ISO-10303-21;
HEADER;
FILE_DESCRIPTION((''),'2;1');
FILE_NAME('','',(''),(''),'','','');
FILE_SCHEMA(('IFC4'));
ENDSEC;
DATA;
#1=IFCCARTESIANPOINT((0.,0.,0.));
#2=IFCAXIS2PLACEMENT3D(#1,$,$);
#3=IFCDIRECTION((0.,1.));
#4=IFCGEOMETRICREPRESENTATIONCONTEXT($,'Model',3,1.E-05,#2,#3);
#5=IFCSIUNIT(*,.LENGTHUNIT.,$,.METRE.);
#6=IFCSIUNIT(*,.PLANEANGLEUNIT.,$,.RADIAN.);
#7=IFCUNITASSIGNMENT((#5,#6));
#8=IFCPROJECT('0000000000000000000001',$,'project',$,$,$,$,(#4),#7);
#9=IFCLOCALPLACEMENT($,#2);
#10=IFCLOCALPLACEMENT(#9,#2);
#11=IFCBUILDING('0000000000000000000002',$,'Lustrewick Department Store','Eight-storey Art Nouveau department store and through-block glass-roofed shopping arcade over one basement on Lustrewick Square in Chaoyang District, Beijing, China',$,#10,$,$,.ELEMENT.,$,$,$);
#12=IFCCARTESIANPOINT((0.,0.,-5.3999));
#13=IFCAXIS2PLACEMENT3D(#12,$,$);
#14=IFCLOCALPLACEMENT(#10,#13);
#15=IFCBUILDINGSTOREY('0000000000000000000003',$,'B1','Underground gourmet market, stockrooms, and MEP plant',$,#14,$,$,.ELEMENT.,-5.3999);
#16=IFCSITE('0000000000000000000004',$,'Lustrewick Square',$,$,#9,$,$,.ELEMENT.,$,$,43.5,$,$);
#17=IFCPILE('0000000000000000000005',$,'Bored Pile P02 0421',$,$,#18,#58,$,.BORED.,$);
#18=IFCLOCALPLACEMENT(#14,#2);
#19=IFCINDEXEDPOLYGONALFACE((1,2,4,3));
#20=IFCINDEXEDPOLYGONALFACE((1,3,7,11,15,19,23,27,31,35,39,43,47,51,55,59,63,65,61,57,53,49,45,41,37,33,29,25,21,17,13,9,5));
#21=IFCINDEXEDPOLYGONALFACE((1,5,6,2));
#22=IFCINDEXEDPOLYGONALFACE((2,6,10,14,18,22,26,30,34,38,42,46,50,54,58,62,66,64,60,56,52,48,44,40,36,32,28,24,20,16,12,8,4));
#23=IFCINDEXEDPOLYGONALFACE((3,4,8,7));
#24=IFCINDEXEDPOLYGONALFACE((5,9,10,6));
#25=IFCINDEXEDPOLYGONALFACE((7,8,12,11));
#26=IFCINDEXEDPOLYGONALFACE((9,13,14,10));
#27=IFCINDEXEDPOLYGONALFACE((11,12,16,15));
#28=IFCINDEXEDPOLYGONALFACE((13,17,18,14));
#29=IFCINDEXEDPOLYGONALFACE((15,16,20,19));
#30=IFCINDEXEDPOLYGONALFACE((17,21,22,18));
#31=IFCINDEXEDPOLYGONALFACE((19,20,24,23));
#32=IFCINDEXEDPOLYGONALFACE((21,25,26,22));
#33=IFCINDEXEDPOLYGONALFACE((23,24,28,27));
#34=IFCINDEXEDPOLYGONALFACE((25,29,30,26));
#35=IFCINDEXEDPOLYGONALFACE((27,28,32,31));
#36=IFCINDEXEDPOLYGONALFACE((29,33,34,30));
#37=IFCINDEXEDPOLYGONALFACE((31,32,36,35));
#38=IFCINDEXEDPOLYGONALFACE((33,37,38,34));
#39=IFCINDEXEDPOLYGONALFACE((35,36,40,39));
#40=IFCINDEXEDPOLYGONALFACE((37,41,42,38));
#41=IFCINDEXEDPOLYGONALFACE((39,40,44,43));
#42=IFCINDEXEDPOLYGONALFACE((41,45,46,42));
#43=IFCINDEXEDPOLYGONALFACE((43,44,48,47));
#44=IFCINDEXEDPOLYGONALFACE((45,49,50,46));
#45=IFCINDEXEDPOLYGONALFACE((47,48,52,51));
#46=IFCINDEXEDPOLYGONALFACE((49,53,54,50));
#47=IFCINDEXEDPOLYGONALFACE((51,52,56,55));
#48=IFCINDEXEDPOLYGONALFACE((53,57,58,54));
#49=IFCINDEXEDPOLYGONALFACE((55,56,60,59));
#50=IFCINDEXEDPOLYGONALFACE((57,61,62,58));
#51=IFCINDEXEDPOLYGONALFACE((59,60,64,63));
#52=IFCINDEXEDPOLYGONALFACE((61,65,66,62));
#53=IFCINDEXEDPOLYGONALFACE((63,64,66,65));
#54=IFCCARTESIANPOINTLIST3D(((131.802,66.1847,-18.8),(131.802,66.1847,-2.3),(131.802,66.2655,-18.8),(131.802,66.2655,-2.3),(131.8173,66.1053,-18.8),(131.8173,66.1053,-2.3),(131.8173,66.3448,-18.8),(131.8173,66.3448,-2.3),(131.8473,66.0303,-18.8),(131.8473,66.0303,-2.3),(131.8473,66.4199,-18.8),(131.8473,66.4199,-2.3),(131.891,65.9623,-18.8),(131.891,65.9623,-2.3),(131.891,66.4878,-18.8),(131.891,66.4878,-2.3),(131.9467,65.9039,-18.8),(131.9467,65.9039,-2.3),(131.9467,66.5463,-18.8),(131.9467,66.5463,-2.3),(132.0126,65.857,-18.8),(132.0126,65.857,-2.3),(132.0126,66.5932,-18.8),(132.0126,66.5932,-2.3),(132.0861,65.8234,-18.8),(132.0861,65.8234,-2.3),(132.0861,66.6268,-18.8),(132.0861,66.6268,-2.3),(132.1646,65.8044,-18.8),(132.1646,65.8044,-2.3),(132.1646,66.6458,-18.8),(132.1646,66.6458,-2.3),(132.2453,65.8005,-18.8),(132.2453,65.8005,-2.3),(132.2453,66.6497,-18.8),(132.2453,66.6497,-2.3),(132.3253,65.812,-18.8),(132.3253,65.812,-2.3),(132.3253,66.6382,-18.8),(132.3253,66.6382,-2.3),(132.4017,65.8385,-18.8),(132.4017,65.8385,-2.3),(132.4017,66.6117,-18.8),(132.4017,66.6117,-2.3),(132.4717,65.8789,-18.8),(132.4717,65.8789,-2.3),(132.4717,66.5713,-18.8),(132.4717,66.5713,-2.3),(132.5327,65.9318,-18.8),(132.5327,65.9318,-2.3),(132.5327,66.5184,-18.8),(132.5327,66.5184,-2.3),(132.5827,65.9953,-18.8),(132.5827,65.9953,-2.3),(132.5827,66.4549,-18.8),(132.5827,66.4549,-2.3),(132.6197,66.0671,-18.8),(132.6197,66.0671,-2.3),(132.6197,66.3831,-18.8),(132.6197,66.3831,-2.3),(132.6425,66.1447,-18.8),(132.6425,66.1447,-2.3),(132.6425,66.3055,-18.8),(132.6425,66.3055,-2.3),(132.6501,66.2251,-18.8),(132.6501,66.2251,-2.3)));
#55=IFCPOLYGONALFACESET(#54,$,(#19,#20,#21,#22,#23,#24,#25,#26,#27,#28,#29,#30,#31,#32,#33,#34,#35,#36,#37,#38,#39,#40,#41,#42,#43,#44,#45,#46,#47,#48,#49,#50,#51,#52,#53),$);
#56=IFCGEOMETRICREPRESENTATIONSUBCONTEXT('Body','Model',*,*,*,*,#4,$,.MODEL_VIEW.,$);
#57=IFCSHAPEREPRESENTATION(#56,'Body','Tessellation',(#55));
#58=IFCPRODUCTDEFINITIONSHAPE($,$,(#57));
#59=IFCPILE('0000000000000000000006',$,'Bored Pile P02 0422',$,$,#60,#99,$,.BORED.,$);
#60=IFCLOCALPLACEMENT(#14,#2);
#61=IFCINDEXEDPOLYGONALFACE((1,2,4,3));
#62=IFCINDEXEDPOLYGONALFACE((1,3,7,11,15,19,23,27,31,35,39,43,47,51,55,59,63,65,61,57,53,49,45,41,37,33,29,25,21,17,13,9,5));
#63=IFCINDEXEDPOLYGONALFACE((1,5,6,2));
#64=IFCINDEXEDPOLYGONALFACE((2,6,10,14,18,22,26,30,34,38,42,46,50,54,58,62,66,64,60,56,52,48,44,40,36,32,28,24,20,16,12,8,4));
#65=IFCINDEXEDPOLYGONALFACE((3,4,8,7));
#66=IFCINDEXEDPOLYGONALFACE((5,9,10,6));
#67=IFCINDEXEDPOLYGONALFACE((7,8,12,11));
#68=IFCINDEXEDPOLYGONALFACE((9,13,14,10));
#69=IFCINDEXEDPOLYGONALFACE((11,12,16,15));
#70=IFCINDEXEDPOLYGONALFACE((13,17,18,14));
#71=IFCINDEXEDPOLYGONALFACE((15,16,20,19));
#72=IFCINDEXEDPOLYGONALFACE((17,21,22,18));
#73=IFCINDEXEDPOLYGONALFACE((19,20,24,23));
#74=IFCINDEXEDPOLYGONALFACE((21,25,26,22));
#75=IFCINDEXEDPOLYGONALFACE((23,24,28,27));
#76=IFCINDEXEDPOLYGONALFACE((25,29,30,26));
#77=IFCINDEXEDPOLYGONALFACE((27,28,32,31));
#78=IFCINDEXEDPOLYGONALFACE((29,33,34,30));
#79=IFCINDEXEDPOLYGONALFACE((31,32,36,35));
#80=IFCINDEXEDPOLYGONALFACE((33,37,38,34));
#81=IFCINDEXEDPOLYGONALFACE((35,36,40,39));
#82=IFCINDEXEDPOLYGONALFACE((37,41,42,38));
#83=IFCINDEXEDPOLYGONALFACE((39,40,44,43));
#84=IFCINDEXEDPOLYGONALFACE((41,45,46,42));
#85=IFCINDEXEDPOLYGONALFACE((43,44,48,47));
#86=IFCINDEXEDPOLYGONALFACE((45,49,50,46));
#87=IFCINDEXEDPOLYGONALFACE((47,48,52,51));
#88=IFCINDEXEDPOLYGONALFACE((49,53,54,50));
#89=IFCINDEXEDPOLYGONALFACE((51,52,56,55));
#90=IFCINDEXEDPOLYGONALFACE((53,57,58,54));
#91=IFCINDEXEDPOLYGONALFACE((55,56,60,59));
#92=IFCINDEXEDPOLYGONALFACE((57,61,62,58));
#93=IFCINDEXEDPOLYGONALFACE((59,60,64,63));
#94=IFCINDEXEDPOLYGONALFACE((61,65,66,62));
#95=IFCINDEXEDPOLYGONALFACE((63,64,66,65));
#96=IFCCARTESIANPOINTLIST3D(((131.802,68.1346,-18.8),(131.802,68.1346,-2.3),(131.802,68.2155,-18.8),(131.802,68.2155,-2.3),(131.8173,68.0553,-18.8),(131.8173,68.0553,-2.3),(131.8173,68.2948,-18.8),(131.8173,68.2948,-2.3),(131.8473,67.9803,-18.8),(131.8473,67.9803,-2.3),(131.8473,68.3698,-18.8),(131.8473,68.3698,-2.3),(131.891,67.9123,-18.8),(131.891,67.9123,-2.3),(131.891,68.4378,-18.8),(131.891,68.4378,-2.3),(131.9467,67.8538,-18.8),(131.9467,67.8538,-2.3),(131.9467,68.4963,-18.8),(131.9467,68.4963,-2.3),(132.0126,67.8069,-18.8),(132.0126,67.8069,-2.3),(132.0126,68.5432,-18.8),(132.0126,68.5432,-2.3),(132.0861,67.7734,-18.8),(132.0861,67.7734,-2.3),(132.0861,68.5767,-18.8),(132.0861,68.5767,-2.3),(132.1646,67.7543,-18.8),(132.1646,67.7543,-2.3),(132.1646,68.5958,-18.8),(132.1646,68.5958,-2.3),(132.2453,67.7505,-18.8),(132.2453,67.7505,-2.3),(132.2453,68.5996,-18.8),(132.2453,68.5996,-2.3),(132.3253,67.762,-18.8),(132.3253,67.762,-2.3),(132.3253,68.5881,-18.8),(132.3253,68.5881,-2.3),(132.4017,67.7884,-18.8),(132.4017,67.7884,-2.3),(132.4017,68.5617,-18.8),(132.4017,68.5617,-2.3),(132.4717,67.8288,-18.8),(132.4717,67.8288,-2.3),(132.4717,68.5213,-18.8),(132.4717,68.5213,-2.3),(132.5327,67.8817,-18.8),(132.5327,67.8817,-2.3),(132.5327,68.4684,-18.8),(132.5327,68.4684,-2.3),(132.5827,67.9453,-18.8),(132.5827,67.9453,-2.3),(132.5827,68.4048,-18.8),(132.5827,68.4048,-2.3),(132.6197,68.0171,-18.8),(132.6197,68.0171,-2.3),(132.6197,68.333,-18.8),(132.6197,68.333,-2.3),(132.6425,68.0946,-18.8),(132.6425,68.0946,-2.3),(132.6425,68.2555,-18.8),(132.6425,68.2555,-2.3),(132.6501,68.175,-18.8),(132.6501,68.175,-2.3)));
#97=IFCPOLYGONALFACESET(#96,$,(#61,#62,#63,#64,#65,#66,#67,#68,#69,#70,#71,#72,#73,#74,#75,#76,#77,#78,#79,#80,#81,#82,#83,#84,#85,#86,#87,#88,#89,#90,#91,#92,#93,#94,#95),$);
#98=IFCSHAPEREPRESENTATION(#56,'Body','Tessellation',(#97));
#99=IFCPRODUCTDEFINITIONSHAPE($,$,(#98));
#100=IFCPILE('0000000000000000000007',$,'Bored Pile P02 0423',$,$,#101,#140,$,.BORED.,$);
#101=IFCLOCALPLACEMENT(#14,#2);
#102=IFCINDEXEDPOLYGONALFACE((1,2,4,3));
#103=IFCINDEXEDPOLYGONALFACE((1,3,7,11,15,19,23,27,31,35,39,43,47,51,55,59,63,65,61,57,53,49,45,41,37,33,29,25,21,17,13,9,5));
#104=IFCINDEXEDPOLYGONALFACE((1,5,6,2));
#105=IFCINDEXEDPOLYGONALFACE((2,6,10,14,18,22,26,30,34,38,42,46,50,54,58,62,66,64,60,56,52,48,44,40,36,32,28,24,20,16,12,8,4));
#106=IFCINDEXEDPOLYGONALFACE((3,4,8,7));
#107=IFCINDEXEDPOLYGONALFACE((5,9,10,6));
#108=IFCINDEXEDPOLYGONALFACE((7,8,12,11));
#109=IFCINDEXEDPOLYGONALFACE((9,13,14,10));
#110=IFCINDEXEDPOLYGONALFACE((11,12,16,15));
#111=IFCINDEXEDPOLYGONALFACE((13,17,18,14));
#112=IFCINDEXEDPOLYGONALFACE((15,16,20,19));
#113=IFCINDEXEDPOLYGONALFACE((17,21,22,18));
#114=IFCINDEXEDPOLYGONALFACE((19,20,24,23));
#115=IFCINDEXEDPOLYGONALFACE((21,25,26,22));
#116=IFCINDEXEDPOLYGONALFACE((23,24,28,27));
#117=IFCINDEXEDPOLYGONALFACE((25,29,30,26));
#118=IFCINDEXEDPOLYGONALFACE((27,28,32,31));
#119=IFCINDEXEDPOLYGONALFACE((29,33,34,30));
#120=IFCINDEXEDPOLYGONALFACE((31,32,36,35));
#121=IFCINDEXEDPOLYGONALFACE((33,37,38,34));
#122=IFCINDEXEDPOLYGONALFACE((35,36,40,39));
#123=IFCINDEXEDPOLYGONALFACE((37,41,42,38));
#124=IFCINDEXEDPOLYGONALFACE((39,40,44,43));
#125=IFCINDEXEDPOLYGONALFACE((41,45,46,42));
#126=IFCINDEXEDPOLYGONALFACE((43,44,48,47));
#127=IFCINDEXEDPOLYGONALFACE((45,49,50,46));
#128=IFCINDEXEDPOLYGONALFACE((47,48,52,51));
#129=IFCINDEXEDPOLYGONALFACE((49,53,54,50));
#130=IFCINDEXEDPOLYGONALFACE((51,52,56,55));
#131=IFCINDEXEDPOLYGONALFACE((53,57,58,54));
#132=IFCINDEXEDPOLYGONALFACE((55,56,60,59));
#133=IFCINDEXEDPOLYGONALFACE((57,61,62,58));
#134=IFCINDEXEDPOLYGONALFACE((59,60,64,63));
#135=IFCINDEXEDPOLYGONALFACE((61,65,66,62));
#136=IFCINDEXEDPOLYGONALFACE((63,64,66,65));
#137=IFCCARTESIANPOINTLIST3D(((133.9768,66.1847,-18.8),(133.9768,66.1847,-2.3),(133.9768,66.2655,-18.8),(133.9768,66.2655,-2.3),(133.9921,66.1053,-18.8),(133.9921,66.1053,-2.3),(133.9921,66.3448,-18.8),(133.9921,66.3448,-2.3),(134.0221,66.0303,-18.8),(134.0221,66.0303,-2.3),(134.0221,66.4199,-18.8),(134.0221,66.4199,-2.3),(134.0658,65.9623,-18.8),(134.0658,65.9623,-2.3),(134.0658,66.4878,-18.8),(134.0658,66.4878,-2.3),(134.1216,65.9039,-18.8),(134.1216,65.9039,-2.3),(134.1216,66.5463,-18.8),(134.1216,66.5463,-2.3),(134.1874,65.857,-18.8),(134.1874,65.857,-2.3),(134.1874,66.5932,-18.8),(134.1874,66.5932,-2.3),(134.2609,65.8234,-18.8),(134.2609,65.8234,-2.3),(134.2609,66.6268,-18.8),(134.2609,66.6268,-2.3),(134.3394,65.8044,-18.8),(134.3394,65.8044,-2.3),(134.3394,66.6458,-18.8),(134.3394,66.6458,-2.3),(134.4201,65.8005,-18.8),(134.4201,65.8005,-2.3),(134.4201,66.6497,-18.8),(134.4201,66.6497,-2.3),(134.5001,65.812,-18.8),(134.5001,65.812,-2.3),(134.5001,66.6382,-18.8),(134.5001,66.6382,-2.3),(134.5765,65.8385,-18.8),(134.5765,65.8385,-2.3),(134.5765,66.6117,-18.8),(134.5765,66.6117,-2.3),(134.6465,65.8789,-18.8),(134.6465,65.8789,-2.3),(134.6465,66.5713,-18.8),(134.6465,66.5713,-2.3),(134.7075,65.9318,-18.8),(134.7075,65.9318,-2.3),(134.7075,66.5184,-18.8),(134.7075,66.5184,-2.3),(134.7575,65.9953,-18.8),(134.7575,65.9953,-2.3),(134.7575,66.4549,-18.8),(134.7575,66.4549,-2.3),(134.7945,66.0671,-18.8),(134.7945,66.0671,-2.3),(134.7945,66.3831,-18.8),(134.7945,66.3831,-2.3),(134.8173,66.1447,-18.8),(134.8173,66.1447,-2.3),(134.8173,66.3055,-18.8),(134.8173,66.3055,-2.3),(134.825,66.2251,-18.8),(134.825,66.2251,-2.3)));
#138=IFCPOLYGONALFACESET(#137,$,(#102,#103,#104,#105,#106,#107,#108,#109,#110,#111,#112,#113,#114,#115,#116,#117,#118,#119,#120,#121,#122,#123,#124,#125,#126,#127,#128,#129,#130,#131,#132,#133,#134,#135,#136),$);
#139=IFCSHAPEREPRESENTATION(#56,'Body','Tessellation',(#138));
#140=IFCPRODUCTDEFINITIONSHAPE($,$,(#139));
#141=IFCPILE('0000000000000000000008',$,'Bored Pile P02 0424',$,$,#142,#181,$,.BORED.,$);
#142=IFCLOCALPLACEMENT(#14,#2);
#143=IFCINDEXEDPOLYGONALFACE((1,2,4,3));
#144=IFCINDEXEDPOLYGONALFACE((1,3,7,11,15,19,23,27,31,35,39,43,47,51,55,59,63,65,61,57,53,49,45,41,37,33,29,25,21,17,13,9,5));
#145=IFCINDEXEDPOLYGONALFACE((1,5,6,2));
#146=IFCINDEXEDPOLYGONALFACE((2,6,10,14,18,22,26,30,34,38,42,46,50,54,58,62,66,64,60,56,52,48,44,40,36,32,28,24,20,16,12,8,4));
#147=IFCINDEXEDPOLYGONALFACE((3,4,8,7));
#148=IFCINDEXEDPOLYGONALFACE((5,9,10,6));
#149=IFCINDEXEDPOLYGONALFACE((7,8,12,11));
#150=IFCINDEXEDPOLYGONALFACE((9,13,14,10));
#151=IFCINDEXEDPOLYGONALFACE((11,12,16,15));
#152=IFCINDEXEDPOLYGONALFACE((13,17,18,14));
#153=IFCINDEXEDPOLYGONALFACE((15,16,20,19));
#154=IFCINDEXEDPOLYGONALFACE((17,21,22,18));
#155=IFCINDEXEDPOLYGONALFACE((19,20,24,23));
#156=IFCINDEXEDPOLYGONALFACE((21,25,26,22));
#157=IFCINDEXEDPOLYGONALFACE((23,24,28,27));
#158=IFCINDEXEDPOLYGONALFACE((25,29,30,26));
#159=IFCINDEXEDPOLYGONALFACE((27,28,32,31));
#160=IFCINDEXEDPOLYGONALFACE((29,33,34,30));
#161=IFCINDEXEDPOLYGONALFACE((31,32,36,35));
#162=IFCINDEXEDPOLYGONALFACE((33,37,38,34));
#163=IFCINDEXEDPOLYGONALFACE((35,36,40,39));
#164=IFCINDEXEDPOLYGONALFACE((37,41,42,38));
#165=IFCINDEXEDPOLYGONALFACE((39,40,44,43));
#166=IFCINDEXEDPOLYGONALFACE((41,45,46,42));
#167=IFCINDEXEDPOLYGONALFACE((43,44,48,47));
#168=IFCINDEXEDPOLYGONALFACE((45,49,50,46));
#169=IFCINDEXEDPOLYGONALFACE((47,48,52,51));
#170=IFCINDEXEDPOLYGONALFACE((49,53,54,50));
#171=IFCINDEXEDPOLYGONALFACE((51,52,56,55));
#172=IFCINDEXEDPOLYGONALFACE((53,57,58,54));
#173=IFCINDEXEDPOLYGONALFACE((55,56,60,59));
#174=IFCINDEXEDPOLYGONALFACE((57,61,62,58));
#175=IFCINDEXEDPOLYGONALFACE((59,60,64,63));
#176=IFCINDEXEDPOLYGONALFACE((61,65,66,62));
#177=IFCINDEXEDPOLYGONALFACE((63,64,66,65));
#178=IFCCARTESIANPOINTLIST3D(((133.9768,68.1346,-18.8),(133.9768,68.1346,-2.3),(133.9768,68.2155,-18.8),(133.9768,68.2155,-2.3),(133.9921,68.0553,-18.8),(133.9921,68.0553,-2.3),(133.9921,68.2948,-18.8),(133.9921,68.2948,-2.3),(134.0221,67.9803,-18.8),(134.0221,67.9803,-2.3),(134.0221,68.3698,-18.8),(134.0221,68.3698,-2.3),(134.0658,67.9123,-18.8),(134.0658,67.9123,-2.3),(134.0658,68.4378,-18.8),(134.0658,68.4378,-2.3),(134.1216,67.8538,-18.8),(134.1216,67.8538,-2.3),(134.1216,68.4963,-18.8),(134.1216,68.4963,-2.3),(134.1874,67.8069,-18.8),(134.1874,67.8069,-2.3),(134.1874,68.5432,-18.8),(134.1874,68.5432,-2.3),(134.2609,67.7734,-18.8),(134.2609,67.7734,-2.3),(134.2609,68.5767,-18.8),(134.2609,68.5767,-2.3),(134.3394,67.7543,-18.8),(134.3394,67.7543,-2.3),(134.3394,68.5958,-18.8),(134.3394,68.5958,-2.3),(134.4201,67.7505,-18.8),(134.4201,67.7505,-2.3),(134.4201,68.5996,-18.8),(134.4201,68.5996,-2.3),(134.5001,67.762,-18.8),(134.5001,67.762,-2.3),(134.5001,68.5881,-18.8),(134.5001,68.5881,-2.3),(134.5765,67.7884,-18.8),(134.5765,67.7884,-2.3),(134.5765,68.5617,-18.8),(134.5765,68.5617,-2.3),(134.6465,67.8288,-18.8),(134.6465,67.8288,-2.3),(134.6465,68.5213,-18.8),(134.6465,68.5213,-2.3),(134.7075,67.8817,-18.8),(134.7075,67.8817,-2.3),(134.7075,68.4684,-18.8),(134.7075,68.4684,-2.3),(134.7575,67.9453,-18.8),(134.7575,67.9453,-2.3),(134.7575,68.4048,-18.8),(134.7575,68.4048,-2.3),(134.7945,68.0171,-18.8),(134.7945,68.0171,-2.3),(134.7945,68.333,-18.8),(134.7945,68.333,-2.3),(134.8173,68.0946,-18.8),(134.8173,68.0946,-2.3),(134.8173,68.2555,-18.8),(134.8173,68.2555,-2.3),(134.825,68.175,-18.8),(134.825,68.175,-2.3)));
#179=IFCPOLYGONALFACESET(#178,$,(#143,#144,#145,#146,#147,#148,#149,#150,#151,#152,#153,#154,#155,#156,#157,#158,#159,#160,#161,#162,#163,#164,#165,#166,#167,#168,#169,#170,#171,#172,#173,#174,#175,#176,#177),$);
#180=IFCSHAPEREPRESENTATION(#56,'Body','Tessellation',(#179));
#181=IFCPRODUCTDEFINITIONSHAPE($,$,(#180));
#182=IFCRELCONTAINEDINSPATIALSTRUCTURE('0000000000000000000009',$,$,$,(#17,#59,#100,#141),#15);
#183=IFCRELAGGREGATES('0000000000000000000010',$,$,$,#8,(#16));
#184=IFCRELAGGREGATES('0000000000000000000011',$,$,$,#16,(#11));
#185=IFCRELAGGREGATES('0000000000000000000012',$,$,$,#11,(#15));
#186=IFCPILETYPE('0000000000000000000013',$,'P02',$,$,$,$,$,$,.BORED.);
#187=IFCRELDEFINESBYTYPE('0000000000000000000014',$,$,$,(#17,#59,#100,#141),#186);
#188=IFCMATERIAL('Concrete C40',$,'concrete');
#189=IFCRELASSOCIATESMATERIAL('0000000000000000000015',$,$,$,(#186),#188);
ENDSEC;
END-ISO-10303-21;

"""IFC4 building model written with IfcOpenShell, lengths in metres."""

from ifc_helpers import new_model, si_unit, direction, frame, origin, origin_2d, place, context, subcontext, project, spatial, circle, extrude, material, material_profile, profile_set, type_object, element, save


model = new_model("IFC4")

# Units and contexts
model_context = context("Model", 3, precision=1e-05, world=origin(), true_north=direction((0.0, 1.0)))
body_context = subcontext(model_context, "Body", "Model", "MODEL_VIEW")
ifc_project = project(units=[si_unit("LENGTHUNIT", "METRE"), si_unit("PLANEANGLEUNIT", "RADIAN")], contexts=[model_context])

# Site, building, storey
site_placement = place(None, origin())
site = spatial("IfcSite", under=ifc_project, at=site_placement, Name="Lustrewick Square", CompositionType="ELEMENT", RefElevation=43.5)
building_placement = place(site_placement, origin())
building = spatial("IfcBuilding", under=site, at=building_placement, Name="Lustrewick Department Store", Description="Eight-storey Art Nouveau department store and through-block glass-roofed shopping arcade over one basement on Lustrewick Square in Chaoyang District, Beijing, China", CompositionType="ELEMENT")
storey_placement = place(building_placement, frame((0.0, 0.0, -5.3999)))
storey = spatial("IfcBuildingStorey", under=building, at=storey_placement, Name="B1", Description="Underground gourmet market, stockrooms, and MEP plant", CompositionType="ELEMENT", Elevation=-5.3999)

# Piles
ifc_material_1 = material(Name="Concrete C40", Category="concrete")
ifc_material_profile_1 = material_profile(ifc_material_1, circle(Radius=0.425, at=origin_2d()), Name="PILE D850")
ifc_profile_set_1 = profile_set([ifc_material_profile_1], Name="Concrete C40")
pile_type_1 = type_object("IfcPileType", Name="P02", PredefinedType="BORED", material=ifc_profile_set_1)
for number, where, z_axis, x_axis, name in (
    (1, (132.2251, 66.2251, -2.3), (0.0, 0.0, -1.0), (1.0, 0.0, 0.0), "Bored Pile P02 0421"),
    (2, (132.2251, 68.175, -2.3), (0.0, 0.0, -1.0), (1.0, 0.0, 0.0), "Bored Pile P02 0422"),
    (3, (134.3999, 66.2251, -2.3), (0.0, 0.0, -1.0), (1.0, 0.0, 0.0), "Bored Pile P02 0423"),
    (4, (134.3999, 68.175, -2.3), (0.0, 0.0, -1.0), (1.0, 0.0, 0.0), "Bored Pile P02 0424"),
):
    element("IfcPile", number, at=place(storey_placement, frame(where, z_axis=z_axis, x_axis=x_axis)), inside=storey, type_object=pile_type_1, Name=name, PredefinedType="BORED", context=body_context, shape_type="SweptSolid", body=[
        extrude(circle(Radius=0.425, at=origin_2d()), origin(), (0.0, 0.0, 1.0), 16.5),
    ])

save(model, "model.ifc")
